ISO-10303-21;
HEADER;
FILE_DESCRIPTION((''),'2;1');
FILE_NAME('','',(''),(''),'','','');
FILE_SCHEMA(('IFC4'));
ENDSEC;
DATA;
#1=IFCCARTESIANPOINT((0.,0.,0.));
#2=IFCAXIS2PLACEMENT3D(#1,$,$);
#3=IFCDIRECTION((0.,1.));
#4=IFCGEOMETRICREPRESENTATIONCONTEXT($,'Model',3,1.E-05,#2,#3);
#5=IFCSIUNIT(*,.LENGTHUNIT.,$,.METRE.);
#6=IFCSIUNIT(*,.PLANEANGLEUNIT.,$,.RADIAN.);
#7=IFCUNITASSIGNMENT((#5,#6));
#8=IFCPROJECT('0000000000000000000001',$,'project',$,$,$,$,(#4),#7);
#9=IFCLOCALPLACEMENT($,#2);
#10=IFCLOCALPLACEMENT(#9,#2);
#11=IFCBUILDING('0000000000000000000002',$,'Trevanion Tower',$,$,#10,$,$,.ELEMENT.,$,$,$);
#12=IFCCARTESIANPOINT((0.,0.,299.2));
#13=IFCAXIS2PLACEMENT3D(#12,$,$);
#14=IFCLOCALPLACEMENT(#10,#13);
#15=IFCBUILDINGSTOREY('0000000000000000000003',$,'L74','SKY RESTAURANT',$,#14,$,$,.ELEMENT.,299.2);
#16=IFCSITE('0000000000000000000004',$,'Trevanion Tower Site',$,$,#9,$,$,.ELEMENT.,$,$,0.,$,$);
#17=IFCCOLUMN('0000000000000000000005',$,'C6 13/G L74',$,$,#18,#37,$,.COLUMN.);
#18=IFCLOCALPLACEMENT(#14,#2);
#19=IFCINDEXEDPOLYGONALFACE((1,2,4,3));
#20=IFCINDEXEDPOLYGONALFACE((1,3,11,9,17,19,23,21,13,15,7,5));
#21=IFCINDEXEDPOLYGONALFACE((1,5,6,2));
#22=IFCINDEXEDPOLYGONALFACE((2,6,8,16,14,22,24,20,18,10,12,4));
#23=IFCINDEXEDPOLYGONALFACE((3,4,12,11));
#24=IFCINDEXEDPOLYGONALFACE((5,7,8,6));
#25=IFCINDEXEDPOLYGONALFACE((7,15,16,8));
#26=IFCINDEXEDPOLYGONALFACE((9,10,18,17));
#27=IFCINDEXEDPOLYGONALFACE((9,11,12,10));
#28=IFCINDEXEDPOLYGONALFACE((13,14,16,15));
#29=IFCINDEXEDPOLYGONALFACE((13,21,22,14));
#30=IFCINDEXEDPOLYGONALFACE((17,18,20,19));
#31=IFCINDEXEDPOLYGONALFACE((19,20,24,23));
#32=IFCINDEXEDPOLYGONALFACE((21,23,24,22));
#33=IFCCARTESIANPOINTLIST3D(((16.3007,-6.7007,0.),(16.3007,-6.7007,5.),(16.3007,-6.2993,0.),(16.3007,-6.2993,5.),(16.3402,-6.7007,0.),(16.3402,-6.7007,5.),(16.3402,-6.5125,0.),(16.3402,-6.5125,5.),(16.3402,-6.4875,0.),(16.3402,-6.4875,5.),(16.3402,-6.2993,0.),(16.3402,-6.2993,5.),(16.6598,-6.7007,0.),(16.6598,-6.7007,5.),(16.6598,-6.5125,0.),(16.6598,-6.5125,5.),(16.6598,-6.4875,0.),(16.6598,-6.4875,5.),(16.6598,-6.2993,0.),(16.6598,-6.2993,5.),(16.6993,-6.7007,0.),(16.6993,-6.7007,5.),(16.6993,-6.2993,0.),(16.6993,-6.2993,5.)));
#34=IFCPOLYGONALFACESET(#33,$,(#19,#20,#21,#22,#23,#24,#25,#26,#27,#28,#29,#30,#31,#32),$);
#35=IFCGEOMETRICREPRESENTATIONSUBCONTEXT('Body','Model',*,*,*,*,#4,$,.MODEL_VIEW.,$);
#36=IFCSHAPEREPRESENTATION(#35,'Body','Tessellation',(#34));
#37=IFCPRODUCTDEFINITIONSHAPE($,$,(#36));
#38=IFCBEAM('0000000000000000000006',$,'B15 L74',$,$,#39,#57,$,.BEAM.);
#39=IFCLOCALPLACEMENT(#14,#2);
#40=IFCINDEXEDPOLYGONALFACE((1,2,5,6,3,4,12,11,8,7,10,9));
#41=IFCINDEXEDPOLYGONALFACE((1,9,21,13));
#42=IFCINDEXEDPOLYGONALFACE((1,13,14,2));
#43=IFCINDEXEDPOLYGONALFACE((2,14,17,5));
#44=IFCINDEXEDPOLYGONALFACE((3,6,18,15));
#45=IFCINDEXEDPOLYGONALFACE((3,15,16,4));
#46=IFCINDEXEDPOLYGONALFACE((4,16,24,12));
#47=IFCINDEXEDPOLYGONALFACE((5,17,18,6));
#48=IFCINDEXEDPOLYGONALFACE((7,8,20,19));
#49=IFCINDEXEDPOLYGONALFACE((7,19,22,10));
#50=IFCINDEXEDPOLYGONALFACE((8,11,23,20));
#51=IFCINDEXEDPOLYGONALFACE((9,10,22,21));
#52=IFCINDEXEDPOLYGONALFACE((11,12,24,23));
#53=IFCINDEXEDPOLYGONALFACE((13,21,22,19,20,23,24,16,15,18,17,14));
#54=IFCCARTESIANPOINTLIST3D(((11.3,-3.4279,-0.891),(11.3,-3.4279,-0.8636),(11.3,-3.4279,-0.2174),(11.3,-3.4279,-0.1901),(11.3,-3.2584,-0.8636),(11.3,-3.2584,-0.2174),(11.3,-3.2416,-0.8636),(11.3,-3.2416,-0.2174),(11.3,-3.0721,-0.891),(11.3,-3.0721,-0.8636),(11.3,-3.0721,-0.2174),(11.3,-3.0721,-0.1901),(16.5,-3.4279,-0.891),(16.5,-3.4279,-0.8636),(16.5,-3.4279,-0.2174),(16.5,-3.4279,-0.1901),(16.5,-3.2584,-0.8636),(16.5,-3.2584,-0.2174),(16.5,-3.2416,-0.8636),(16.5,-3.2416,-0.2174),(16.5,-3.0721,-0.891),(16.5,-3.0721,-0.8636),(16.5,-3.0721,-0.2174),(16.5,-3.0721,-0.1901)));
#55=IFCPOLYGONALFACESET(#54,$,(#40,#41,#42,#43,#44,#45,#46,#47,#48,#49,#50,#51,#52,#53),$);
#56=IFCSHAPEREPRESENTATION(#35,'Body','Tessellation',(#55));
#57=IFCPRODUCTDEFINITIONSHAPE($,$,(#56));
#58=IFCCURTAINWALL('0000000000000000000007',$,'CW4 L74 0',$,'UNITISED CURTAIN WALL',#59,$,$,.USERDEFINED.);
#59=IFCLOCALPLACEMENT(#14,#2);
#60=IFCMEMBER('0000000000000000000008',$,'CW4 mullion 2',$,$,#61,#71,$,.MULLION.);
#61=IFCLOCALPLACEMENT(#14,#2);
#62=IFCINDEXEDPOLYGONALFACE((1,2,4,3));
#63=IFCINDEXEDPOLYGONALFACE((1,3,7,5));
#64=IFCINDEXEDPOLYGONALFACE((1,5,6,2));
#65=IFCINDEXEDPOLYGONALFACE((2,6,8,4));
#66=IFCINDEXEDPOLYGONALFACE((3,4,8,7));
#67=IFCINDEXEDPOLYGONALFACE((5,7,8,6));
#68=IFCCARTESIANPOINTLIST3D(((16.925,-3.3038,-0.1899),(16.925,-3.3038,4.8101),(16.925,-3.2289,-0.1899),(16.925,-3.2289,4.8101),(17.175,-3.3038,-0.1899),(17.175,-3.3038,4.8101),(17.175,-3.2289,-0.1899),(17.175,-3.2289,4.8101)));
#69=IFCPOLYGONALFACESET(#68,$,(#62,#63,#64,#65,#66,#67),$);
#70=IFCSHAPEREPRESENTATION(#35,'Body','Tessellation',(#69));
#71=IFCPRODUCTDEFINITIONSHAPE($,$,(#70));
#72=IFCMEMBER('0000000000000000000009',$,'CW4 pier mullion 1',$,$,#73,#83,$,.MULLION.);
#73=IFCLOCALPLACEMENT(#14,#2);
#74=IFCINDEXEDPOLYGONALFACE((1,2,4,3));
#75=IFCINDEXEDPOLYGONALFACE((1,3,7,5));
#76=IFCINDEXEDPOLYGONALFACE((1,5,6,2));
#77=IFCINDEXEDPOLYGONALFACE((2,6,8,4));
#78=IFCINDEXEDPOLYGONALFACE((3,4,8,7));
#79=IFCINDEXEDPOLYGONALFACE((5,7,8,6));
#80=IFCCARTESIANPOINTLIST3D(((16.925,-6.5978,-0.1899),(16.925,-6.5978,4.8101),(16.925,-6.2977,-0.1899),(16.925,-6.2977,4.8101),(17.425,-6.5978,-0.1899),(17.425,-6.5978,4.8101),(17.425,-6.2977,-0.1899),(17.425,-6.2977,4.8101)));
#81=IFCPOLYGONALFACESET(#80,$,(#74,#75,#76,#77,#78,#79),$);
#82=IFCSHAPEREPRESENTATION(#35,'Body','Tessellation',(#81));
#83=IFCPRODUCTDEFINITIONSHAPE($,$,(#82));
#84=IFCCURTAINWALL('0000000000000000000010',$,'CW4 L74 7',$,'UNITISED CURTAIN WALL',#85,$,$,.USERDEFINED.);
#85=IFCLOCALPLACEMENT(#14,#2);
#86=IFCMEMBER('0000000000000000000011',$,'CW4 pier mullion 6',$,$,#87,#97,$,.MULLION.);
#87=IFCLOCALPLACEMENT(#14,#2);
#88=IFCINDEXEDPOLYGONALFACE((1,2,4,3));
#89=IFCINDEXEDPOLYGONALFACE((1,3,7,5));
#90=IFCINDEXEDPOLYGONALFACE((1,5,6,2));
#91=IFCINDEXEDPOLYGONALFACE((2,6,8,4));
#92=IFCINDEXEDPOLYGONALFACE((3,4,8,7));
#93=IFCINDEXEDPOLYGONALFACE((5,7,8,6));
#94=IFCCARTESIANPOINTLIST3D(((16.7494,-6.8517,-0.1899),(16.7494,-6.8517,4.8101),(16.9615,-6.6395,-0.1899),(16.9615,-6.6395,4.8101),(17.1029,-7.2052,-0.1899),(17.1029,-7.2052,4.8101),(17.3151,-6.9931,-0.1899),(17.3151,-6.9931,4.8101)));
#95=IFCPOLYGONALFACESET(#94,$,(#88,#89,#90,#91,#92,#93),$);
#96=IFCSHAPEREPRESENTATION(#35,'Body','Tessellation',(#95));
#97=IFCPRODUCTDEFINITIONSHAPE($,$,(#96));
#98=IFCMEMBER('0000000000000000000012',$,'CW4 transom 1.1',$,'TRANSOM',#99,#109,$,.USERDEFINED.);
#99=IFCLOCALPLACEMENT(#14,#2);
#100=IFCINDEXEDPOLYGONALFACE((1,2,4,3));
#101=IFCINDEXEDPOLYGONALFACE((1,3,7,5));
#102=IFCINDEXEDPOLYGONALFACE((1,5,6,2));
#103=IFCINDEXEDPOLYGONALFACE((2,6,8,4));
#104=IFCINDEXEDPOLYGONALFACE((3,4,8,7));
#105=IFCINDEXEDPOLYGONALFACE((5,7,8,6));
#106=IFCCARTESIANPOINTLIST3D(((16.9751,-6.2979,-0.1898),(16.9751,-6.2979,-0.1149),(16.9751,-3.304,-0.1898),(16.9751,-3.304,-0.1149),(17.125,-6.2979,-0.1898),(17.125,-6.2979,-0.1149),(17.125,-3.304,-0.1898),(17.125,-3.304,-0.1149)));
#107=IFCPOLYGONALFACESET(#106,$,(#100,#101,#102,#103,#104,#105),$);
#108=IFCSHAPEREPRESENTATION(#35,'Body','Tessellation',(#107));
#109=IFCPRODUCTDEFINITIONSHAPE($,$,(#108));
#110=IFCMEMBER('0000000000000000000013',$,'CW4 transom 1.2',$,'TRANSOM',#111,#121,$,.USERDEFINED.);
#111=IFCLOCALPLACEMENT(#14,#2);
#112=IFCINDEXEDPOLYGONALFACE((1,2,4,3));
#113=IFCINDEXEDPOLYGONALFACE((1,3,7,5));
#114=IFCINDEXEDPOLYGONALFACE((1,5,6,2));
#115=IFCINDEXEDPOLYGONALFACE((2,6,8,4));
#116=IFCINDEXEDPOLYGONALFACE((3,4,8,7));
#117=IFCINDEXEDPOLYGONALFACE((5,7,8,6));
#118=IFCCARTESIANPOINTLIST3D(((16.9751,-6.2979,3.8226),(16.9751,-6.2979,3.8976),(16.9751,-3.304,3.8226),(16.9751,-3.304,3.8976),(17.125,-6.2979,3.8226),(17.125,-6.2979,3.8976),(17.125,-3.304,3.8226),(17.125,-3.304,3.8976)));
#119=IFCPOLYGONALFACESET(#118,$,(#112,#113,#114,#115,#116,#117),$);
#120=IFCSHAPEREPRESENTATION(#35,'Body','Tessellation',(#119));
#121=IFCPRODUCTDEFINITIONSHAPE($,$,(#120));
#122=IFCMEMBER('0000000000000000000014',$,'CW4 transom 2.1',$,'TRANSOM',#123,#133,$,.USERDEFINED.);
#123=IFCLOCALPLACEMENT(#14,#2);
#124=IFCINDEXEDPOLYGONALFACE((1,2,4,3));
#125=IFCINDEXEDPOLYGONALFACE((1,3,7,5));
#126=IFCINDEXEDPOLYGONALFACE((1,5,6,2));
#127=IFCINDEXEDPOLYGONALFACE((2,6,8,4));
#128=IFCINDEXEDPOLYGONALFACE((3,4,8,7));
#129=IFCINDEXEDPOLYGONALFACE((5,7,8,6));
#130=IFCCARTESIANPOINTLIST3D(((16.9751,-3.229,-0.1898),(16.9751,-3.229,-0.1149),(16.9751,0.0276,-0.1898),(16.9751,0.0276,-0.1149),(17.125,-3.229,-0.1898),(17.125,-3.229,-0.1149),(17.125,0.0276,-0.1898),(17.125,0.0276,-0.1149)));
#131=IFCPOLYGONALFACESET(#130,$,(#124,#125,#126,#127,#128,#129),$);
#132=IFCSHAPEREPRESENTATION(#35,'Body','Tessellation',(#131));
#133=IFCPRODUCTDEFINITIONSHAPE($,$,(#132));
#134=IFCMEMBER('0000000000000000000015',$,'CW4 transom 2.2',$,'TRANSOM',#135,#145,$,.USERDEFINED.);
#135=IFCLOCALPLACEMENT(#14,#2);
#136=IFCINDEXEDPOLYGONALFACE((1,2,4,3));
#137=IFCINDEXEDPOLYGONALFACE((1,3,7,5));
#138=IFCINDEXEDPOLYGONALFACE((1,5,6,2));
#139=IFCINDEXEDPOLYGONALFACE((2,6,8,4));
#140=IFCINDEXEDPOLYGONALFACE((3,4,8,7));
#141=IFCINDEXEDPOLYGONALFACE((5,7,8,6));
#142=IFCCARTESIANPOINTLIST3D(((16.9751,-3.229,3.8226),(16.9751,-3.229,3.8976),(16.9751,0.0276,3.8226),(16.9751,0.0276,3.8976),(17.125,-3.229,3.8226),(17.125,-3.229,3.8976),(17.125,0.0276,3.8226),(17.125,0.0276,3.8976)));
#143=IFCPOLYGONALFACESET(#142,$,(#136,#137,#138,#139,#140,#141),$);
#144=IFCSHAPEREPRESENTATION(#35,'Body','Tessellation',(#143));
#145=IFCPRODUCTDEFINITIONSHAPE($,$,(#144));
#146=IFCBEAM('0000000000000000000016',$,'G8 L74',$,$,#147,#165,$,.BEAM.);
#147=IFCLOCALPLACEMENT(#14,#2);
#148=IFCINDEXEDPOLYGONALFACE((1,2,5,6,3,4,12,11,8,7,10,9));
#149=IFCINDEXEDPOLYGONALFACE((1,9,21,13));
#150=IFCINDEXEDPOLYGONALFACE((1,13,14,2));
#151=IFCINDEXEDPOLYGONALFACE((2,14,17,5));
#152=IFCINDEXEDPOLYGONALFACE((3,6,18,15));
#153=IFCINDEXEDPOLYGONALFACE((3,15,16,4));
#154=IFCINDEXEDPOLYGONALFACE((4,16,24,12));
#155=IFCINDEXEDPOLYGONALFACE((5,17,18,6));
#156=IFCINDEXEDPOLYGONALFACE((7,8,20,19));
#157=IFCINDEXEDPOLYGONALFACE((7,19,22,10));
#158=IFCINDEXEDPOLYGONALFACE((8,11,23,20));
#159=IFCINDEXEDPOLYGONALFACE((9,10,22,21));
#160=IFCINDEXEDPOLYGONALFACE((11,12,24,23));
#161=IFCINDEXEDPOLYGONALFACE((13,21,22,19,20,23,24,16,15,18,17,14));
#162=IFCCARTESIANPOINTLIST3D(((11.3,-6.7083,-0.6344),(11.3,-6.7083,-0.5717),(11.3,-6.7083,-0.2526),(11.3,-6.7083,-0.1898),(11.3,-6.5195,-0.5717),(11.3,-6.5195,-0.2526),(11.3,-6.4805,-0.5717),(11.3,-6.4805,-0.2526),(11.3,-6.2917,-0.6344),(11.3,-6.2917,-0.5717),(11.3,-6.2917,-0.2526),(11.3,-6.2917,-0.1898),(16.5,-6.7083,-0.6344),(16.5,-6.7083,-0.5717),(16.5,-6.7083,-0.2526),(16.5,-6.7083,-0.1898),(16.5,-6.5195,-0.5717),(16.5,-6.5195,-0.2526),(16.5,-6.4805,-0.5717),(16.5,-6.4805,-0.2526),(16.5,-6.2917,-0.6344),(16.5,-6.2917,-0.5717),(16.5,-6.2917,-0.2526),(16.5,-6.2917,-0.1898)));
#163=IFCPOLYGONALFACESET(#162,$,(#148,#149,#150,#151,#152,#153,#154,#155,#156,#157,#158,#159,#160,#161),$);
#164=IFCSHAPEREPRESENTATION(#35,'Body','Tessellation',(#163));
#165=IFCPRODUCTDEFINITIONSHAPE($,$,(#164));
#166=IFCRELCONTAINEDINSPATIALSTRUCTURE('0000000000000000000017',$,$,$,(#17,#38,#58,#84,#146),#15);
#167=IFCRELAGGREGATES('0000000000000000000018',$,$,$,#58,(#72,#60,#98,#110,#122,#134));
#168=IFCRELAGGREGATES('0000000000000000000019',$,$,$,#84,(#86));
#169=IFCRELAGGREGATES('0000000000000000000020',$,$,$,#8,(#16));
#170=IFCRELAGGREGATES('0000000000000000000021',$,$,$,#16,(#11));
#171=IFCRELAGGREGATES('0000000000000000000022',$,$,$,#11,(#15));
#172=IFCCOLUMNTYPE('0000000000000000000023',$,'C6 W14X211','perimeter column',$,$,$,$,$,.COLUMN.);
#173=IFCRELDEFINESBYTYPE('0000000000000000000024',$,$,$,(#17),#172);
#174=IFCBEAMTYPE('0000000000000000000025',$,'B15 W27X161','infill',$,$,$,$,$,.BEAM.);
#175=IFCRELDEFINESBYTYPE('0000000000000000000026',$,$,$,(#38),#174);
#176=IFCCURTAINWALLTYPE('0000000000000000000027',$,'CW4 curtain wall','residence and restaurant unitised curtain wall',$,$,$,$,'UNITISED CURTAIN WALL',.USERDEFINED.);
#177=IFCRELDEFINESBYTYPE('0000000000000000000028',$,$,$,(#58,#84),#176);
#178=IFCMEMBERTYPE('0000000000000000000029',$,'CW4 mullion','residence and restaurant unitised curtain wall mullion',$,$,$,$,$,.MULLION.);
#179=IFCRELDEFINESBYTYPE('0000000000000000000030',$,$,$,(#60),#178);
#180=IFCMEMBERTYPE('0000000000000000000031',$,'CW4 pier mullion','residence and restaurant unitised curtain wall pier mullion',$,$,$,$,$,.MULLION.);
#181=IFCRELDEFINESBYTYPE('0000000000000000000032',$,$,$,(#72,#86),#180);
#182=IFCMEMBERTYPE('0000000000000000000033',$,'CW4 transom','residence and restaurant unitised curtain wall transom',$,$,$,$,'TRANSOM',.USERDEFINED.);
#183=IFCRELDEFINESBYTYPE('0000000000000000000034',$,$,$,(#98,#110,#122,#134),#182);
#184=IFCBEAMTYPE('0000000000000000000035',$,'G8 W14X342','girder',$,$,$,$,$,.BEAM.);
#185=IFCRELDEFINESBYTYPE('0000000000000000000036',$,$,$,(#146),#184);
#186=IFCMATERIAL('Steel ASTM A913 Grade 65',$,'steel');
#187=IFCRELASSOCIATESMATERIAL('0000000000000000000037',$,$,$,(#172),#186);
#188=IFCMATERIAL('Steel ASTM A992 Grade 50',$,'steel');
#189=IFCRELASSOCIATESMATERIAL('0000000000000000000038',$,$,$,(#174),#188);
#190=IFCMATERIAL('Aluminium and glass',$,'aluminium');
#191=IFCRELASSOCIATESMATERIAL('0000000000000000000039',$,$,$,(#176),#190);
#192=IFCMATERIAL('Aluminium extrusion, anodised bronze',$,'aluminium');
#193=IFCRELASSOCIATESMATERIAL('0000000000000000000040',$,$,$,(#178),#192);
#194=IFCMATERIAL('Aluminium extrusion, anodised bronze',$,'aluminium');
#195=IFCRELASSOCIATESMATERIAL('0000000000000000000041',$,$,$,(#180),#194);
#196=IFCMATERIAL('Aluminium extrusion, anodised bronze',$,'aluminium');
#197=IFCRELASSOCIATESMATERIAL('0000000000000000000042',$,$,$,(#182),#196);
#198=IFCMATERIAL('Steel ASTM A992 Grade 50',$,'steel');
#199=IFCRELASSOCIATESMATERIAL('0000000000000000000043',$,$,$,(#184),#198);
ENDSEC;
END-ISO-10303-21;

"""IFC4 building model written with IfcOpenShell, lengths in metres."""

from ifc_helpers import new_model, si_unit, direction, frame, origin, origin_2d, place, context, subcontext, project, spatial, rectangle, i_section, extrude, material, material_profile, profile_set, type_object, element, aggregate, save


model = new_model("IFC4")

# Units and contexts
model_context = context("Model", 3, precision=1e-05, world=origin(), true_north=direction((0.0, 1.0)))
body_context = subcontext(model_context, "Body", "Model", "MODEL_VIEW")
ifc_project = project(units=[si_unit("LENGTHUNIT", "METRE"), si_unit("PLANEANGLEUNIT", "RADIAN")], contexts=[model_context])

# Site, building, storey
site_placement = place(None, origin())
site = spatial("IfcSite", under=ifc_project, at=site_placement, Name="Trevanion Tower Site", CompositionType="ELEMENT", RefElevation=0.0)
building_placement = place(site_placement, origin())
building = spatial("IfcBuilding", under=site, at=building_placement, Name="Trevanion Tower", CompositionType="ELEMENT")
storey_placement = place(building_placement, frame((0.0, 0.0, 299.2)))
storey = spatial("IfcBuildingStorey", under=building, at=storey_placement, Name="L74", Description="SKY RESTAURANT", CompositionType="ELEMENT", Elevation=299.2)

# Column
ifc_material_1 = material(Name="Steel ASTM A913 Grade 65", Category="steel")
ifc_material_profile_1 = material_profile(ifc_material_1, i_section(OverallWidth=0.4014, OverallDepth=0.3987, WebThickness=0.0249, FlangeThickness=0.0396, at=origin_2d()), Name="W14X211")
ifc_profile_set_1 = profile_set([ifc_material_profile_1], Name="Steel ASTM A913 Grade 65")
column_type = type_object("IfcColumnType", Name="C6 W14X211", Description="perimeter column", PredefinedType="COLUMN", material=ifc_profile_set_1)
column_placement = place(storey_placement, frame((16.5, -6.5, 0.0), z_axis=(0.0, 0.0, 1.0), x_axis=(0.0, 1.0, 0.0)))
element("IfcColumn", 1, at=column_placement, inside=storey, type_object=column_type, Name="C6 13/G L74", PredefinedType="COLUMN", context=body_context, shape_type="SweptSolid", body=[
    extrude(i_section(OverallWidth=0.4014, OverallDepth=0.3987, WebThickness=0.0249, FlangeThickness=0.0396, at=origin_2d()), origin(), (0.0, 0.0, 1.0), 5.0),
])

# Beam
ifc_material_2 = material(Name="Steel ASTM A992 Grade 50", Category="steel")
ifc_material_profile_2 = material_profile(ifc_material_2, i_section(OverallWidth=0.3557, OverallDepth=0.7009, WebThickness=0.0168, FlangeThickness=0.0273, at=origin_2d()), Name="W27X161")
ifc_profile_set_2 = profile_set([ifc_material_profile_2], Name="Steel ASTM A992 Grade 50")
beam_type_1 = type_object("IfcBeamType", Name="B15 W27X161", Description="infill", PredefinedType="BEAM", material=ifc_profile_set_2)
beam_1_placement = place(storey_placement, frame((11.3, -3.25, -0.5405), z_axis=(1.0, 0.0, 0.0), x_axis=(0.0, 1.0, 0.0)))
element("IfcBeam", 2, at=beam_1_placement, inside=storey, type_object=beam_type_1, Name="B15 L74", PredefinedType="BEAM", context=body_context, shape_type="SweptSolid", body=[
    extrude(i_section(OverallWidth=0.3557, OverallDepth=0.7009, WebThickness=0.0168, FlangeThickness=0.0273, at=origin_2d()), origin(), (0.0, 0.0, 1.0), 5.2),
])

# Curtain wall, members
ifc_material_3 = material(Name="Aluminium and glass", Category="aluminium")
curtain_wall_type = type_object("IfcCurtainWallType", Name="CW4 curtain wall", Description="residence and restaurant unitised curtain wall", ElementType="UNITISED CURTAIN WALL", PredefinedType="USERDEFINED", material=ifc_material_3)
curtain_wall_1_placement = place(storey_placement, origin())
curtain_wall_1 = element("IfcCurtainWall", 3, at=curtain_wall_1_placement, inside=storey, type_object=curtain_wall_type, Name="CW4 L74 0", ObjectType="UNITISED CURTAIN WALL", PredefinedType="USERDEFINED")
ifc_material_4 = material(Name="Aluminium extrusion, anodised bronze", Category="aluminium")
ifc_material_profile_3 = material_profile(ifc_material_4, rectangle(XDim=0.075, YDim=0.25, at=origin_2d()), Name="CW4 mullion")
ifc_profile_set_3 = profile_set([ifc_material_profile_3], Name="Aluminium extrusion, anodised bronze")
member_type_1 = type_object("IfcMemberType", Name="CW4 mullion", Description="residence and restaurant unitised curtain wall mullion", PredefinedType="MULLION", material=ifc_profile_set_3)
member_1_placement = place(storey_placement, frame((17.05, -3.2664, -0.1899), z_axis=(0.0, 0.0, 1.0), x_axis=(0.0, 1.0, 0.0)))
member_1 = element("IfcMember", 4, at=member_1_placement, type_object=member_type_1, Name="CW4 mullion 2", PredefinedType="MULLION", context=body_context, shape_type="SweptSolid", body=[
    extrude(rectangle(XDim=0.075, YDim=0.25, at=origin_2d()), origin(), (0.0, 0.0, 1.0), 5.0),
])
ifc_material_5 = material(Name="Aluminium extrusion, anodised bronze", Category="aluminium")
ifc_material_profile_4 = material_profile(ifc_material_5, rectangle(XDim=0.3, YDim=0.5, at=origin_2d()), Name="CW4 pier mullion")
ifc_profile_set_4 = profile_set([ifc_material_profile_4], Name="Aluminium extrusion, anodised bronze")
member_type_2 = type_object("IfcMemberType", Name="CW4 pier mullion", Description="residence and restaurant unitised curtain wall pier mullion", PredefinedType="MULLION", material=ifc_profile_set_4)
member_2_placement = place(storey_placement, frame((17.175, -6.4478, -0.1899), z_axis=(0.0, 0.0, 1.0), x_axis=(0.0, 1.0, 0.0)))
member_2 = element("IfcMember", 5, at=member_2_placement, type_object=member_type_2, Name="CW4 pier mullion 1", PredefinedType="MULLION", context=body_context, shape_type="SweptSolid", body=[
    extrude(rectangle(XDim=0.3, YDim=0.5, at=origin_2d()), origin(), (0.0, 0.0, 1.0), 5.0),
])

# Curtain wall, member
curtain_wall_2_placement = place(storey_placement, origin())
curtain_wall_2 = element("IfcCurtainWall", 6, at=curtain_wall_2_placement, inside=storey, type_object=curtain_wall_type, Name="CW4 L74 7", ObjectType="UNITISED CURTAIN WALL", PredefinedType="USERDEFINED")
member_3_placement = place(storey_placement, frame((17.0322, -6.9224, -0.1899), z_axis=(0.0, 0.0, 1.0), x_axis=(0.707107, 0.707107, 0.0)))
member_3 = element("IfcMember", 7, at=member_3_placement, type_object=member_type_2, Name="CW4 pier mullion 6", PredefinedType="MULLION", context=body_context, shape_type="SweptSolid", body=[
    extrude(rectangle(XDim=0.3, YDim=0.5, at=origin_2d()), origin(), (0.0, 0.0, 1.0), 5.0),
])

# Members
ifc_material_6 = material(Name="Aluminium extrusion, anodised bronze", Category="aluminium")
ifc_material_profile_5 = material_profile(ifc_material_6, rectangle(XDim=0.1499, YDim=0.075, at=origin_2d()), Name="CW4 transom")
ifc_profile_set_5 = profile_set([ifc_material_profile_5], Name="Aluminium extrusion, anodised bronze")
member_type_3 = type_object("IfcMemberType", Name="CW4 transom", Description="residence and restaurant unitised curtain wall transom", ElementType="TRANSOM", PredefinedType="USERDEFINED", material=ifc_profile_set_5)
member_4_placement = place(storey_placement, frame((17.05, -6.2979, -0.1523), z_axis=(0.0, 1.0, 0.0), x_axis=(-1.0, 0.0, 0.0)))
member_4 = element("IfcMember", 8, at=member_4_placement, type_object=member_type_3, Name="CW4 transom 1.1", ObjectType="TRANSOM", PredefinedType="USERDEFINED", context=body_context, shape_type="SweptSolid", body=[
    extrude(rectangle(XDim=0.1499, YDim=0.075, at=origin_2d()), origin(), (0.0, 0.0, 1.0), 2.9939),
])
member_5_placement = place(storey_placement, frame((17.05, -6.2979, 3.8601), z_axis=(0.0, 1.0, 0.0), x_axis=(-1.0, 0.0, 0.0)))
member_5 = element("IfcMember", 9, at=member_5_placement, type_object=member_type_3, Name="CW4 transom 1.2", ObjectType="TRANSOM", PredefinedType="USERDEFINED", context=body_context, shape_type="SweptSolid", body=[
    extrude(rectangle(XDim=0.1499, YDim=0.075, at=origin_2d()), origin(), (0.0, 0.0, 1.0), 2.9939),
])
member_6_placement = place(storey_placement, frame((17.05, -3.229, -0.1523), z_axis=(0.0, 1.0, 0.0), x_axis=(-1.0, 0.0, 0.0)))
member_6 = element("IfcMember", 10, at=member_6_placement, type_object=member_type_3, Name="CW4 transom 2.1", ObjectType="TRANSOM", PredefinedType="USERDEFINED", context=body_context, shape_type="SweptSolid", body=[
    extrude(rectangle(XDim=0.1499, YDim=0.075, at=origin_2d()), origin(), (0.0, 0.0, 1.0), 3.2566),
])
member_7_placement = place(storey_placement, frame((17.05, -3.229, 3.8601), z_axis=(0.0, 1.0, 0.0), x_axis=(-1.0, 0.0, 0.0)))
member_7 = element("IfcMember", 11, at=member_7_placement, type_object=member_type_3, Name="CW4 transom 2.2", ObjectType="TRANSOM", PredefinedType="USERDEFINED", context=body_context, shape_type="SweptSolid", body=[
    extrude(rectangle(XDim=0.1499, YDim=0.075, at=origin_2d()), origin(), (0.0, 0.0, 1.0), 3.2566),
])

# Beam
ifc_material_7 = material(Name="Steel ASTM A992 Grade 50", Category="steel")
ifc_material_profile_6 = material_profile(ifc_material_7, i_section(OverallWidth=0.4165, OverallDepth=0.4446, WebThickness=0.0391, FlangeThickness=0.0627, at=origin_2d()), Name="W14X342")
ifc_profile_set_6 = profile_set([ifc_material_profile_6], Name="Steel ASTM A992 Grade 50")
beam_type_2 = type_object("IfcBeamType", Name="G8 W14X342", Description="girder", PredefinedType="BEAM", material=ifc_profile_set_6)
beam_2_placement = place(storey_placement, frame((11.3, -6.5, -0.4121), z_axis=(1.0, 0.0, 0.0), x_axis=(0.0, 1.0, 0.0)))
element("IfcBeam", 12, at=beam_2_placement, inside=storey, type_object=beam_type_2, Name="G8 L74", PredefinedType="BEAM", context=body_context, shape_type="SweptSolid", body=[
    extrude(i_section(OverallWidth=0.4165, OverallDepth=0.4446, WebThickness=0.0391, FlangeThickness=0.0627, at=origin_2d()), origin(), (0.0, 0.0, 1.0), 5.2),
])

aggregate(curtain_wall_1, [member_2, member_1, member_4, member_5, member_6, member_7])
aggregate(curtain_wall_2, [member_3])

save(model, "model.ifc")
